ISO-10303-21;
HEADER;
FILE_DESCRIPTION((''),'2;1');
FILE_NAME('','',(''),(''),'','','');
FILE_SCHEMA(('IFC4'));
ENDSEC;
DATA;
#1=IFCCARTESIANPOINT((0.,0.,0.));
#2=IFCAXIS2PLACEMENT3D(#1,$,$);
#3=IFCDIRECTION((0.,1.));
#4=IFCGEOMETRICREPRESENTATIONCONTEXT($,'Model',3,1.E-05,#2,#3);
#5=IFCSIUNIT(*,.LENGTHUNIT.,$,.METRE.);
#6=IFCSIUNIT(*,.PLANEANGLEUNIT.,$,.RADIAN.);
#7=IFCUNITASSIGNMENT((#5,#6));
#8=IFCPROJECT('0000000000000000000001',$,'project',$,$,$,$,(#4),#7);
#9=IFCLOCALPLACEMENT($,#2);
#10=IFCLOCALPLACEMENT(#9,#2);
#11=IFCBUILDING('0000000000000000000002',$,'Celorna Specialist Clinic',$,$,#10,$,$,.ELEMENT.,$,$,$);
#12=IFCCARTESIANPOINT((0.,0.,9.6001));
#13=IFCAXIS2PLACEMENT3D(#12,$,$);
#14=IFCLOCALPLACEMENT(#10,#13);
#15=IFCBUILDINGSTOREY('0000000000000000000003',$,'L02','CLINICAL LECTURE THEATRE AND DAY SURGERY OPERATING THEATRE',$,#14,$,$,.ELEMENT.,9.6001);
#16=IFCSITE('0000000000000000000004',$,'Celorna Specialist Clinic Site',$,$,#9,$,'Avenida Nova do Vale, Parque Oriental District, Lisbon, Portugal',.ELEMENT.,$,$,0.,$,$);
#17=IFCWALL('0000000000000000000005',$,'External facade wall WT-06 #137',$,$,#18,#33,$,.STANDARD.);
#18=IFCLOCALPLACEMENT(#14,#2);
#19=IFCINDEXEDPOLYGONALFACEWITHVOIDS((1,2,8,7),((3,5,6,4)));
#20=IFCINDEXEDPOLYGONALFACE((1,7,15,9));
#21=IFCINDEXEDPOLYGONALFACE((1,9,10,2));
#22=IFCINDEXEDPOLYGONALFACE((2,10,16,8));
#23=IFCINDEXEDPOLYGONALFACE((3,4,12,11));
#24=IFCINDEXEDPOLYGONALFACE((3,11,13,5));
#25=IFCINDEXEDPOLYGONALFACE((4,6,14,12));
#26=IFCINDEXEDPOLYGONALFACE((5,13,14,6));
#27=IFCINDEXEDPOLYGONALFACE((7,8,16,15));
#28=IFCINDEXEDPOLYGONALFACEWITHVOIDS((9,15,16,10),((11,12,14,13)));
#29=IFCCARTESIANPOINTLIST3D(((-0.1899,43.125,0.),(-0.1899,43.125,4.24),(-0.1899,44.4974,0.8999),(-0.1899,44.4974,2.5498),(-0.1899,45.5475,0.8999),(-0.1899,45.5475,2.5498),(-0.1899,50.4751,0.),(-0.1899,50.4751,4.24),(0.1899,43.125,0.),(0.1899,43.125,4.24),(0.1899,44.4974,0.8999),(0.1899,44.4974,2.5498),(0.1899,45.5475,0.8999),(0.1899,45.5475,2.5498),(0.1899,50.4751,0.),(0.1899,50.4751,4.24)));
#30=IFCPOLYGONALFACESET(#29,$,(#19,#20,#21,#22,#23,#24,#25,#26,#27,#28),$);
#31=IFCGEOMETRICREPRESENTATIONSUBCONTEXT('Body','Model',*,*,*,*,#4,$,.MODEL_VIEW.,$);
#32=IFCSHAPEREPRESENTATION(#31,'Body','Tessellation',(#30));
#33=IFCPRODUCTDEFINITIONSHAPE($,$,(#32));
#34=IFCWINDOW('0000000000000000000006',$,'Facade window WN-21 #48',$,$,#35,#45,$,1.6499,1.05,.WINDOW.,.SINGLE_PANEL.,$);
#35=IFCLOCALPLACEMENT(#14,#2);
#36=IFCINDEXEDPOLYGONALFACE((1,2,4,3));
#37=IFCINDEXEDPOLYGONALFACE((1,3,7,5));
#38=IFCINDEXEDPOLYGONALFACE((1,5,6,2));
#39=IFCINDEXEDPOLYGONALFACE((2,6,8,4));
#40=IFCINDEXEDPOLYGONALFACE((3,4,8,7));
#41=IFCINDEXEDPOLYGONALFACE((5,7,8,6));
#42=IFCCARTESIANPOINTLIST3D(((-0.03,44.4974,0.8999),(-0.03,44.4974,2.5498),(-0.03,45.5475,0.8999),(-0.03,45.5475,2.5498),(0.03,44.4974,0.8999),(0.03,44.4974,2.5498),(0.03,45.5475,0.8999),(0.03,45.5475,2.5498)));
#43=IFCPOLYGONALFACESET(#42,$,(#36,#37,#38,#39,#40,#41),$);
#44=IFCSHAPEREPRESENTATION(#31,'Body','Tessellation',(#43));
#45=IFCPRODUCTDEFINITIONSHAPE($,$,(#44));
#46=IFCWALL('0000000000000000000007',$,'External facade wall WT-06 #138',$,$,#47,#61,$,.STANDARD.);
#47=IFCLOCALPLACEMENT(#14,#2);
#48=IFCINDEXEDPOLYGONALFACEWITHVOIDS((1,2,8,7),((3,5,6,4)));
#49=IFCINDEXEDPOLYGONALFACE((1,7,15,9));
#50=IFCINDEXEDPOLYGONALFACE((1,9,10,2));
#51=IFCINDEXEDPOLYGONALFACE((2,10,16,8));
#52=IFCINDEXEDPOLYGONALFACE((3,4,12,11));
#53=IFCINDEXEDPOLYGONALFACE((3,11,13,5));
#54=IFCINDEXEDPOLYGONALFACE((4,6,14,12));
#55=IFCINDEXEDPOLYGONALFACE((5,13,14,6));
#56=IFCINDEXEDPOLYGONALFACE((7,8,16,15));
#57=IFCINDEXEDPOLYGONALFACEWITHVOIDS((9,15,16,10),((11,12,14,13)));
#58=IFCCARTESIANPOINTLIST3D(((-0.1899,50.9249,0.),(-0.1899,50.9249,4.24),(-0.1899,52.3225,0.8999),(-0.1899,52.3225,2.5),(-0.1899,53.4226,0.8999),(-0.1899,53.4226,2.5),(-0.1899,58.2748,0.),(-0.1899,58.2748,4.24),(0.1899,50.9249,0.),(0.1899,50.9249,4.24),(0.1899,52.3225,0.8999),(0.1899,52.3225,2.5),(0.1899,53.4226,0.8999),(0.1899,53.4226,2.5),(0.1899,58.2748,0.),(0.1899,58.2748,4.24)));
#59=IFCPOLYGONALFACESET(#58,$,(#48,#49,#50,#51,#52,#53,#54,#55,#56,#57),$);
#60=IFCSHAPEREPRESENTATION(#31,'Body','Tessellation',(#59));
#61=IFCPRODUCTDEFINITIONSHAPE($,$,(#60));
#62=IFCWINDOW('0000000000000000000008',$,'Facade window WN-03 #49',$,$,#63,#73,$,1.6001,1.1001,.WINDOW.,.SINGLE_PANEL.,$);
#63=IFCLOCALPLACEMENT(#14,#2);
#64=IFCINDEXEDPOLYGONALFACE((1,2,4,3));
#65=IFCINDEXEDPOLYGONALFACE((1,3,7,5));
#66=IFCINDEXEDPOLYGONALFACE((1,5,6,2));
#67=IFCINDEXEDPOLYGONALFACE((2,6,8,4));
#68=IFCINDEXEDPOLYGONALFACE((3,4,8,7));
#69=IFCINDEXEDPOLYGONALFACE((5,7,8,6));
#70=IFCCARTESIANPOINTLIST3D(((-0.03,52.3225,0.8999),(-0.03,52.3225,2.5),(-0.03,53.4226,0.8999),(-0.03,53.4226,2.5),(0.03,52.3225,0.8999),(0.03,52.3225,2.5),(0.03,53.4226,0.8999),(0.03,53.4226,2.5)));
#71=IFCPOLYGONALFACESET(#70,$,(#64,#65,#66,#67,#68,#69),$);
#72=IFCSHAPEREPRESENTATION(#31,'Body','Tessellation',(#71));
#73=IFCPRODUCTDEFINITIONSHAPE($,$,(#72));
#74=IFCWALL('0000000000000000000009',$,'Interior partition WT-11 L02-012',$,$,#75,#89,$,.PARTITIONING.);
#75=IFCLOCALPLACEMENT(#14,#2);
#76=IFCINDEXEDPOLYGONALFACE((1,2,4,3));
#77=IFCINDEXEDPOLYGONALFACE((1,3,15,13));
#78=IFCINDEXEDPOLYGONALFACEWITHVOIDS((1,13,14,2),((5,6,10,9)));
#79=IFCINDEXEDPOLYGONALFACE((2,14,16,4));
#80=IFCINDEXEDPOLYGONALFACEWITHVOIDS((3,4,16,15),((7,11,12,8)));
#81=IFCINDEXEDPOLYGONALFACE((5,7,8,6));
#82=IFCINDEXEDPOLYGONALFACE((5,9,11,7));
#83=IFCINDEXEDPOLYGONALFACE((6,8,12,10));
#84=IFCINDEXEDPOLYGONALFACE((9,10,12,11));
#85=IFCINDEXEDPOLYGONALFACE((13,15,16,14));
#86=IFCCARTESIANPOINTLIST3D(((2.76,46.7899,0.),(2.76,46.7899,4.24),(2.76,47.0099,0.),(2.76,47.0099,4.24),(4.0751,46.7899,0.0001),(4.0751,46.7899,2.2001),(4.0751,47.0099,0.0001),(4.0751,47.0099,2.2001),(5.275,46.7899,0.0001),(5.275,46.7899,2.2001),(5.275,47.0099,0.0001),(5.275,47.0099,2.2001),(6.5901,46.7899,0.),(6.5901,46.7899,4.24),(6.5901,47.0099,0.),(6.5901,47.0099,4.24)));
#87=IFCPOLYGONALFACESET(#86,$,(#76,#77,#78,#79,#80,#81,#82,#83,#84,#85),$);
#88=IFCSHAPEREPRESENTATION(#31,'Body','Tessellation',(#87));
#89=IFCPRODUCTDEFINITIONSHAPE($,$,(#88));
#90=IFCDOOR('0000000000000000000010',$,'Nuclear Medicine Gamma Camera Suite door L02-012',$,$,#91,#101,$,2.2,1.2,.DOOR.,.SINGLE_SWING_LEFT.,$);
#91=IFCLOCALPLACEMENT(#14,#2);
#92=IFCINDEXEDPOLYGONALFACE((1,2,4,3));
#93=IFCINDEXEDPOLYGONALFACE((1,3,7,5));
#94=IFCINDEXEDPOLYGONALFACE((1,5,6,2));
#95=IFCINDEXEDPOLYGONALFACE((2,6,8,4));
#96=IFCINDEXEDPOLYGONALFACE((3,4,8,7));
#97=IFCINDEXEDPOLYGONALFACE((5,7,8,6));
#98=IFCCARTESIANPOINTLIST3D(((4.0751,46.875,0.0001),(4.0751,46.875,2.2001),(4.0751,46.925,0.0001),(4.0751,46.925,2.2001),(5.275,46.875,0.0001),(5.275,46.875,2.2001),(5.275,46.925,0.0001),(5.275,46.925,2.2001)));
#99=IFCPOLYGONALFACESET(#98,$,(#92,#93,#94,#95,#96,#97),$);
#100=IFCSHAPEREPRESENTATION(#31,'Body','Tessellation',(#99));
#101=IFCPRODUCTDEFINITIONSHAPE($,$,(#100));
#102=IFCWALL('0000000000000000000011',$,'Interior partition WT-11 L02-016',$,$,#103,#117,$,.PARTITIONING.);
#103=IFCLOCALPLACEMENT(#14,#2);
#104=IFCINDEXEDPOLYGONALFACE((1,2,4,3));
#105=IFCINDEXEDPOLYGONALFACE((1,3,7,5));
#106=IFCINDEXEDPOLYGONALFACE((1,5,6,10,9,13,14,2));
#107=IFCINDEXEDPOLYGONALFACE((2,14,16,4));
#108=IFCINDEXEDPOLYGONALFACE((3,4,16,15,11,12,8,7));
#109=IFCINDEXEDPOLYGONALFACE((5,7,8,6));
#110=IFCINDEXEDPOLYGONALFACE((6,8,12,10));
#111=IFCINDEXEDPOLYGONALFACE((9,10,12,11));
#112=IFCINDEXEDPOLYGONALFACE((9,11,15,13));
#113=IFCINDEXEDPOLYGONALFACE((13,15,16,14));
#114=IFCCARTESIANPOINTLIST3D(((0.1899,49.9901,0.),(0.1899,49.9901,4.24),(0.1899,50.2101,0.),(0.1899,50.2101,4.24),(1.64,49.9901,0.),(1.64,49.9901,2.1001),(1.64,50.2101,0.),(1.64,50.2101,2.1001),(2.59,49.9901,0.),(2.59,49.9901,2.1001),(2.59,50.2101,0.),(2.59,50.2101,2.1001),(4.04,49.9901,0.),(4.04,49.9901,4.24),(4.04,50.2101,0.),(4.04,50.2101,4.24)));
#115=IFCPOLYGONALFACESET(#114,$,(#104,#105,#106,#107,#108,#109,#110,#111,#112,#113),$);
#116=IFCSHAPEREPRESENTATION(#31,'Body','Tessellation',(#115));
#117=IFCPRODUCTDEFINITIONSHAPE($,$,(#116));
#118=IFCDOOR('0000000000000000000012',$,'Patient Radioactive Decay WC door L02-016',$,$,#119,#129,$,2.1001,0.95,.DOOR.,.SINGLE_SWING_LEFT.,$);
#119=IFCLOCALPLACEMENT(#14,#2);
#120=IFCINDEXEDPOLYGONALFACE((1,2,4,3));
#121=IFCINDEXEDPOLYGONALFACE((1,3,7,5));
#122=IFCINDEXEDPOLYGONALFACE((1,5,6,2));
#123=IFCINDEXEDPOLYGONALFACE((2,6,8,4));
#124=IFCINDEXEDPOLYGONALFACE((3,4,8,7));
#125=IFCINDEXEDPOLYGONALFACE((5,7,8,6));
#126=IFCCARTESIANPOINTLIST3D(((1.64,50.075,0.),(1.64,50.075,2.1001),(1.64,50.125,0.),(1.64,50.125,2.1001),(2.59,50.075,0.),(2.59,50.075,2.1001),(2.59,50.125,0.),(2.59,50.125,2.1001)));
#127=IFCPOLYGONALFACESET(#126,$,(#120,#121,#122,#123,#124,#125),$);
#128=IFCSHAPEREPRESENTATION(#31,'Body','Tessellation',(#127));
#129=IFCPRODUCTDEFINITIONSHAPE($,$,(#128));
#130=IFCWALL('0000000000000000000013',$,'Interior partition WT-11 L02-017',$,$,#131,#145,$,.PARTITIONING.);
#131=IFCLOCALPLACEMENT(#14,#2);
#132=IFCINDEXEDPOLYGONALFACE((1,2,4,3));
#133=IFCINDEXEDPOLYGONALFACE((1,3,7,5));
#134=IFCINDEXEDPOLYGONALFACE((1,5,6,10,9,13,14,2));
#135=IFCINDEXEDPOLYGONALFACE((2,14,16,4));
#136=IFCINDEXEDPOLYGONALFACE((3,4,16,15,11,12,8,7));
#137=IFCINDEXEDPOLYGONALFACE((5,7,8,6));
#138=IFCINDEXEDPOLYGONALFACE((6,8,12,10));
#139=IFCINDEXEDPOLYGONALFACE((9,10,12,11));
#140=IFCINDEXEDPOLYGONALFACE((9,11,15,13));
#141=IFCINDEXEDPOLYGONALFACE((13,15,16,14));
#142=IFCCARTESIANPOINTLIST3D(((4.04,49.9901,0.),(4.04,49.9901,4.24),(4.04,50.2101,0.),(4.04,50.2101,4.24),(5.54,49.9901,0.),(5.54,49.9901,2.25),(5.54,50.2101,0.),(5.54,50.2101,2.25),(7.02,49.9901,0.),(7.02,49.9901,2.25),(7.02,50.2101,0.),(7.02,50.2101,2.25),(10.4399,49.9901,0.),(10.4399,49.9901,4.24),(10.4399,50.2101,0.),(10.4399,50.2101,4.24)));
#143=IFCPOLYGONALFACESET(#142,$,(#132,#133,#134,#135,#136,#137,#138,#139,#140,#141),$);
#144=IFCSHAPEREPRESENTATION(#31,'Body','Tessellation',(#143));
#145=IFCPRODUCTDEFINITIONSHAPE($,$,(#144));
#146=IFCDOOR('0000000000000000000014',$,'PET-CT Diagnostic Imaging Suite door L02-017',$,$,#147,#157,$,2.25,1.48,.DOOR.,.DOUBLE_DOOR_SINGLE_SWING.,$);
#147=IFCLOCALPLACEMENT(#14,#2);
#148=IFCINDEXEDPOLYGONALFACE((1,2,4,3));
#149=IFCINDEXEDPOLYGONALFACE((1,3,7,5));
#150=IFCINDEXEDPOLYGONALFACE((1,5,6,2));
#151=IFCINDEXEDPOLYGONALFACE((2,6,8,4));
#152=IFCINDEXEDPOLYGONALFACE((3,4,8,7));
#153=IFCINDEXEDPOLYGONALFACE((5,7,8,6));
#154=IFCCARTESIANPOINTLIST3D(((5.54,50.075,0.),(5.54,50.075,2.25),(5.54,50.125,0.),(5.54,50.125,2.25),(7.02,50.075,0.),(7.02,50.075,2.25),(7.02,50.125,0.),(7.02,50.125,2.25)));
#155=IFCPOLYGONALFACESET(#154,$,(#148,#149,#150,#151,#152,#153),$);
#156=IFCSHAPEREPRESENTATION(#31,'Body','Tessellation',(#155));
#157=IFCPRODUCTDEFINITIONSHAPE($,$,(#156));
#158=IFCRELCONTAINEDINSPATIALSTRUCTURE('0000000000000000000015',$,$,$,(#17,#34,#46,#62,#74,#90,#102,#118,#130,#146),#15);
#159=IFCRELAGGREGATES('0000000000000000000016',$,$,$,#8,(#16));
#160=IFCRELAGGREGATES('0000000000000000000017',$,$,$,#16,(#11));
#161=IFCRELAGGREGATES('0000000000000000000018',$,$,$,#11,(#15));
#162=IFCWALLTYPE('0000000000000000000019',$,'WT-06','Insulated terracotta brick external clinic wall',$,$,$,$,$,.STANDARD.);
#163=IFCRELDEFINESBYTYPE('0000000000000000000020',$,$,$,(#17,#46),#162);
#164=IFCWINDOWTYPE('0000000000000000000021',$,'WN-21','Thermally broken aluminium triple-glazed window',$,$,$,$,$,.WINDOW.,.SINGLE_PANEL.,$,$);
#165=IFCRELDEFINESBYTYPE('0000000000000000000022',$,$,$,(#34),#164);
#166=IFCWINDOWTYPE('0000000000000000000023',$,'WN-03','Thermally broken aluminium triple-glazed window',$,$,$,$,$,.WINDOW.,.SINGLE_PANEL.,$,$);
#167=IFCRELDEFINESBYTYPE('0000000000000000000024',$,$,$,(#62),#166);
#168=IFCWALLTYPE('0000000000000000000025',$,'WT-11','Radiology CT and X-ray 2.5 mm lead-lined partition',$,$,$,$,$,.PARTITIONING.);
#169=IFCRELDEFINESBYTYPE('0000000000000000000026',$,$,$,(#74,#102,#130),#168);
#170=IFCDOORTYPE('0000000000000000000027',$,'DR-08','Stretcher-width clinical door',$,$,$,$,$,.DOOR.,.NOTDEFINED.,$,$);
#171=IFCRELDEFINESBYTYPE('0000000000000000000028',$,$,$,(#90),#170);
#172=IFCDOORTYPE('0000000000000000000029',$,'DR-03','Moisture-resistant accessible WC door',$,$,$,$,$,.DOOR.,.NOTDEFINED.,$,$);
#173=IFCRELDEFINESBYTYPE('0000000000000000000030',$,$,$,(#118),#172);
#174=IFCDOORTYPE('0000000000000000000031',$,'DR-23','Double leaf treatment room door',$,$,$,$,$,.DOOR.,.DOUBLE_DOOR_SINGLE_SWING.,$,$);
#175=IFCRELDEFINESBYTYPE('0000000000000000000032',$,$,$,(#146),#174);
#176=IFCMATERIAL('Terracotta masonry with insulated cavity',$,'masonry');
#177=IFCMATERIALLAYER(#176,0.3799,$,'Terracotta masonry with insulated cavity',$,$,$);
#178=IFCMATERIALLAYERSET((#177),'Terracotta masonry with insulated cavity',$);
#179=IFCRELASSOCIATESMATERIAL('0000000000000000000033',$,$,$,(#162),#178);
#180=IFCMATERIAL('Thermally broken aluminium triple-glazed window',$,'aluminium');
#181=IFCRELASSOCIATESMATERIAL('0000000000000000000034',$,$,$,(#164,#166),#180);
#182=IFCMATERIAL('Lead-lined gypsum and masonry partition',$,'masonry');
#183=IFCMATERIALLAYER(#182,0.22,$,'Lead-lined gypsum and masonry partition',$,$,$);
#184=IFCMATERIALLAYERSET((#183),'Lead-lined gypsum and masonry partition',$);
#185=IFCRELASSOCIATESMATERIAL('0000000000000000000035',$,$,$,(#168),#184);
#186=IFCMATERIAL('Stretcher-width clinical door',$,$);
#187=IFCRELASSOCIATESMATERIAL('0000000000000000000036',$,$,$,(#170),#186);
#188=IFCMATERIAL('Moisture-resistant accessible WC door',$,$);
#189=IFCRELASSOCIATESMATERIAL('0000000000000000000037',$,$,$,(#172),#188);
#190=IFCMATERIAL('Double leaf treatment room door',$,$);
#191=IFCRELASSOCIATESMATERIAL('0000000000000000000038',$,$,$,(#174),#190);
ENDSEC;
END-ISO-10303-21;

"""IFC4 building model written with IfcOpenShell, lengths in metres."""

from ifc_helpers import new_model, si_unit, direction, frame, frame_2d, origin, place, context, subcontext, project, spatial, rectangle, extrude, material, layer, layer_set, type_object, element, fill, save


model = new_model("IFC4")

# Units and contexts
model_context = context("Model", 3, precision=1e-05, world=origin(), true_north=direction((0.0, 1.0)))
body_context = subcontext(model_context, "Body", "Model", "MODEL_VIEW")
ifc_project = project(units=[si_unit("LENGTHUNIT", "METRE"), si_unit("PLANEANGLEUNIT", "RADIAN")], contexts=[model_context])

# Site, building, storey
site_placement = place(None, origin())
site = spatial("IfcSite", under=ifc_project, at=site_placement, Name="Celorna Specialist Clinic Site", LongName="Avenida Nova do Vale, Parque Oriental District, Lisbon, Portugal", CompositionType="ELEMENT", RefElevation=0.0)
building_placement = place(site_placement, origin())
building = spatial("IfcBuilding", under=site, at=building_placement, Name="Celorna Specialist Clinic", CompositionType="ELEMENT")
storey_placement = place(building_placement, frame((0.0, 0.0, 9.6001)))
storey = spatial("IfcBuildingStorey", under=building, at=storey_placement, Name="L02", Description="CLINICAL LECTURE THEATRE AND DAY SURGERY OPERATING THEATRE", CompositionType="ELEMENT", Elevation=9.6001)

# Walls, openings, windows
ifc_material_1 = material(Name="Terracotta masonry with insulated cavity", Category="masonry")
ifc_layer_1 = layer(ifc_material_1, 0.3799, Name="Terracotta masonry with insulated cavity")
ifc_layer_set_1 = layer_set([ifc_layer_1], Name="Terracotta masonry with insulated cavity")
wall_type_1 = type_object("IfcWallType", Name="WT-06", Description="Insulated terracotta brick external clinic wall", PredefinedType="STANDARD", material=ifc_layer_set_1)
wall_1_placement = place(storey_placement, frame((0.0, 43.125, 0.0), z_axis=(0.0, 0.0, 1.0), x_axis=(0.0, 1.0, 0.0)))
wall_1 = element("IfcWall", 1, at=wall_1_placement, inside=storey, type_object=wall_type_1, Name="External facade wall WT-06 #137", PredefinedType="STANDARD", context=body_context, shape_type="SweptSolid", body=[
    extrude(rectangle(XDim=7.3501, YDim=0.3799, at=frame_2d((3.675, 0.0))), origin(), (0.0, 0.0, 1.0), 4.24),
])
opening_1_placement = place(wall_1_placement, frame((1.3726, 0.0, 0.8999)))
opening_1 = element("IfcOpeningElement", 2, at=opening_1_placement, cuts=wall_1, PredefinedType="OPENING", context=body_context, shape_type="SweptSolid", body=[
    extrude(rectangle(XDim=1.05, YDim=1.6499, at=frame_2d((0.5249, 0.825))), frame((0.0, 0.2, 0.0), z_axis=(0.0, -1.0, 0.0), x_axis=(1.0, 0.0, 0.0)), (0.0, 0.0, 1.0), 0.3999),
])
ifc_material_2 = material(Name="Thermally broken aluminium triple-glazed window", Category="aluminium")
window_type_1 = type_object("IfcWindowType", Name="WN-21", Description="Thermally broken aluminium triple-glazed window", PartitioningType="SINGLE_PANEL", PredefinedType="WINDOW", material=ifc_material_2)
window_1_placement = place(opening_1_placement, origin())
window_1 = element("IfcWindow", 3, at=window_1_placement, inside=storey, type_object=window_type_1, Name="Facade window WN-21 #48", OverallHeight=1.6499, OverallWidth=1.05, PartitioningType="SINGLE_PANEL", PredefinedType="WINDOW", context=body_context, shape_type="SweptSolid", body=[
    extrude(rectangle(XDim=1.05, YDim=1.6499, at=frame_2d((0.5249, 0.825))), frame((0.0, 0.03, 0.0), z_axis=(0.0, -1.0, 0.0), x_axis=(1.0, 0.0, 0.0)), (0.0, 0.0, 1.0), 0.0601),
])
fill(opening_1, window_1)
wall_2_placement = place(storey_placement, frame((0.0, 50.925, 0.0), z_axis=(0.0, 0.0, 1.0), x_axis=(0.0, 1.0, 0.0)))
wall_2 = element("IfcWall", 4, at=wall_2_placement, inside=storey, type_object=wall_type_1, Name="External facade wall WT-06 #138", PredefinedType="STANDARD", context=body_context, shape_type="SweptSolid", body=[
    extrude(rectangle(XDim=7.3499, YDim=0.3799, at=frame_2d((3.6748, 0.0))), origin(), (0.0, 0.0, 1.0), 4.24),
])
opening_2_placement = place(wall_2_placement, frame((1.3975, 0.0, 0.8999)))
opening_2 = element("IfcOpeningElement", 5, at=opening_2_placement, cuts=wall_2, PredefinedType="OPENING", context=body_context, shape_type="SweptSolid", body=[
    extrude(rectangle(XDim=1.1001, YDim=1.6001, at=frame_2d((0.55, 0.8))), frame((0.0, 0.2, 0.0), z_axis=(0.0, -1.0, 0.0), x_axis=(1.0, 0.0, 0.0)), (0.0, 0.0, 1.0), 0.3999),
])
window_type_2 = type_object("IfcWindowType", Name="WN-03", Description="Thermally broken aluminium triple-glazed window", PartitioningType="SINGLE_PANEL", PredefinedType="WINDOW", material=ifc_material_2)
window_2_placement = place(opening_2_placement, origin())
window_2 = element("IfcWindow", 6, at=window_2_placement, inside=storey, type_object=window_type_2, Name="Facade window WN-03 #49", OverallHeight=1.6001, OverallWidth=1.1001, PartitioningType="SINGLE_PANEL", PredefinedType="WINDOW", context=body_context, shape_type="SweptSolid", body=[
    extrude(rectangle(XDim=1.1001, YDim=1.6001, at=frame_2d((0.55, 0.8))), frame((0.0, 0.03, 0.0), z_axis=(0.0, -1.0, 0.0), x_axis=(1.0, 0.0, 0.0)), (0.0, 0.0, 1.0), 0.0601),
])
fill(opening_2, window_2)

# Walls, openings, doors
ifc_material_3 = material(Name="Lead-lined gypsum and masonry partition", Category="masonry")
ifc_layer_2 = layer(ifc_material_3, 0.22, Name="Lead-lined gypsum and masonry partition")
ifc_layer_set_2 = layer_set([ifc_layer_2], Name="Lead-lined gypsum and masonry partition")
wall_type_2 = type_object("IfcWallType", Name="WT-11", Description="Radiology CT and X-ray 2.5 mm lead-lined partition", PredefinedType="PARTITIONING", material=ifc_layer_set_2)
wall_3_placement = place(storey_placement, frame((6.5901, 46.8999, 0.0), z_axis=(0.0, 0.0, 1.0), x_axis=(-1.0, 0.0, 0.0)))
wall_3 = element("IfcWall", 7, at=wall_3_placement, inside=storey, type_object=wall_type_2, Name="Interior partition WT-11 L02-012", PredefinedType="PARTITIONING", context=body_context, shape_type="SweptSolid", body=[
    extrude(rectangle(XDim=3.8301, YDim=0.22, at=frame_2d((1.915, 0.0))), origin(), (0.0, 0.0, 1.0), 4.24),
])
opening_3_placement = place(wall_3_placement, frame((1.3149, 0.0, 0.0)))
opening_3 = element("IfcOpeningElement", 8, at=opening_3_placement, cuts=wall_3, PredefinedType="OPENING", context=body_context, shape_type="SweptSolid", body=[
    extrude(rectangle(XDim=1.2, YDim=2.2, at=frame_2d((0.6001, 1.1001))), frame((0.0, 0.1199, 0.0), z_axis=(0.0, -1.0, 0.0), x_axis=(1.0, 0.0, 0.0)), (0.0, 0.0, 1.0), 0.24),
])
ifc_material_4 = material(Name="Stretcher-width clinical door")
door_type_1 = type_object("IfcDoorType", Name="DR-08", Description="Stretcher-width clinical door", OperationType="NOTDEFINED", PredefinedType="DOOR", material=ifc_material_4)
door_1_placement = place(opening_3_placement, origin())
door_1 = element("IfcDoor", 9, at=door_1_placement, inside=storey, type_object=door_type_1, Name="Nuclear Medicine Gamma Camera Suite door L02-012", OperationType="SINGLE_SWING_LEFT", OverallHeight=2.2, OverallWidth=1.2, PredefinedType="DOOR", context=body_context, shape_type="SweptSolid", body=[
    extrude(rectangle(XDim=1.2, YDim=2.2, at=frame_2d((0.6001, 1.1001))), frame((0.0, 0.0249, 0.0), z_axis=(0.0, -1.0, 0.0), x_axis=(1.0, 0.0, 0.0)), (0.0, 0.0, 1.0), 0.05),
])
fill(opening_3, door_1)
wall_4_placement = place(storey_placement, frame((0.1899, 50.1001, 0.0), z_axis=(0.0, 0.0, 1.0), x_axis=(1.0, 0.0, 0.0)))
wall_4 = element("IfcWall", 10, at=wall_4_placement, inside=storey, type_object=wall_type_2, Name="Interior partition WT-11 L02-016", PredefinedType="PARTITIONING", context=body_context, shape_type="SweptSolid", body=[
    extrude(rectangle(XDim=3.8501, YDim=0.22, at=frame_2d((1.925, 0.0))), origin(), (0.0, 0.0, 1.0), 4.24),
])
opening_4_placement = place(wall_4_placement, frame((1.45, 0.0, 0.0)))
opening_4 = element("IfcOpeningElement", 11, at=opening_4_placement, cuts=wall_4, PredefinedType="OPENING", context=body_context, shape_type="SweptSolid", body=[
    extrude(rectangle(XDim=0.95, YDim=2.1001, at=frame_2d((0.4751, 1.05))), frame((0.0, 0.1199, 0.0), z_axis=(0.0, -1.0, 0.0), x_axis=(1.0, 0.0, 0.0)), (0.0, 0.0, 1.0), 0.24),
])
ifc_material_5 = material(Name="Moisture-resistant accessible WC door")
door_type_2 = type_object("IfcDoorType", Name="DR-03", Description="Moisture-resistant accessible WC door", OperationType="NOTDEFINED", PredefinedType="DOOR", material=ifc_material_5)
door_2_placement = place(opening_4_placement, origin())
door_2 = element("IfcDoor", 12, at=door_2_placement, inside=storey, type_object=door_type_2, Name="Patient Radioactive Decay WC door L02-016", OperationType="SINGLE_SWING_LEFT", OverallHeight=2.1001, OverallWidth=0.95, PredefinedType="DOOR", context=body_context, shape_type="SweptSolid", body=[
    extrude(rectangle(XDim=0.95, YDim=2.1001, at=frame_2d((0.4751, 1.05))), frame((0.0, 0.0249, 0.0), z_axis=(0.0, -1.0, 0.0), x_axis=(1.0, 0.0, 0.0)), (0.0, 0.0, 1.0), 0.05),
])
fill(opening_4, door_2)
wall_5_placement = place(storey_placement, frame((4.04, 50.1001, 0.0), z_axis=(0.0, 0.0, 1.0), x_axis=(1.0, 0.0, 0.0)))
wall_5 = element("IfcWall", 13, at=wall_5_placement, inside=storey, type_object=wall_type_2, Name="Interior partition WT-11 L02-017", PredefinedType="PARTITIONING", context=body_context, shape_type="SweptSolid", body=[
    extrude(rectangle(XDim=6.3999, YDim=0.22, at=frame_2d((3.2, 0.0))), origin(), (0.0, 0.0, 1.0), 4.24),
])
opening_5_placement = place(wall_5_placement, frame((1.5, 0.0, 0.0)))
opening_5 = element("IfcOpeningElement", 14, at=opening_5_placement, cuts=wall_5, PredefinedType="OPENING", context=body_context, shape_type="SweptSolid", body=[
    extrude(rectangle(XDim=1.48, YDim=2.25, at=frame_2d((0.74, 1.125))), frame((0.0, 0.1199, 0.0), z_axis=(0.0, -1.0, 0.0), x_axis=(1.0, 0.0, 0.0)), (0.0, 0.0, 1.0), 0.24),
])
ifc_material_6 = material(Name="Double leaf treatment room door")
door_type_3 = type_object("IfcDoorType", Name="DR-23", Description="Double leaf treatment room door", OperationType="DOUBLE_DOOR_SINGLE_SWING", PredefinedType="DOOR", material=ifc_material_6)
door_3_placement = place(opening_5_placement, origin())
door_3 = element("IfcDoor", 15, at=door_3_placement, inside=storey, type_object=door_type_3, Name="PET-CT Diagnostic Imaging Suite door L02-017", OperationType="DOUBLE_DOOR_SINGLE_SWING", OverallHeight=2.25, OverallWidth=1.48, PredefinedType="DOOR", context=body_context, shape_type="SweptSolid", body=[
    extrude(rectangle(XDim=1.48, YDim=2.25, at=frame_2d((0.74, 1.125))), frame((0.0, 0.0249, 0.0), z_axis=(0.0, -1.0, 0.0), x_axis=(1.0, 0.0, 0.0)), (0.0, 0.0, 1.0), 0.05),
])
fill(opening_5, door_3)

save(model, "model.ifc")
